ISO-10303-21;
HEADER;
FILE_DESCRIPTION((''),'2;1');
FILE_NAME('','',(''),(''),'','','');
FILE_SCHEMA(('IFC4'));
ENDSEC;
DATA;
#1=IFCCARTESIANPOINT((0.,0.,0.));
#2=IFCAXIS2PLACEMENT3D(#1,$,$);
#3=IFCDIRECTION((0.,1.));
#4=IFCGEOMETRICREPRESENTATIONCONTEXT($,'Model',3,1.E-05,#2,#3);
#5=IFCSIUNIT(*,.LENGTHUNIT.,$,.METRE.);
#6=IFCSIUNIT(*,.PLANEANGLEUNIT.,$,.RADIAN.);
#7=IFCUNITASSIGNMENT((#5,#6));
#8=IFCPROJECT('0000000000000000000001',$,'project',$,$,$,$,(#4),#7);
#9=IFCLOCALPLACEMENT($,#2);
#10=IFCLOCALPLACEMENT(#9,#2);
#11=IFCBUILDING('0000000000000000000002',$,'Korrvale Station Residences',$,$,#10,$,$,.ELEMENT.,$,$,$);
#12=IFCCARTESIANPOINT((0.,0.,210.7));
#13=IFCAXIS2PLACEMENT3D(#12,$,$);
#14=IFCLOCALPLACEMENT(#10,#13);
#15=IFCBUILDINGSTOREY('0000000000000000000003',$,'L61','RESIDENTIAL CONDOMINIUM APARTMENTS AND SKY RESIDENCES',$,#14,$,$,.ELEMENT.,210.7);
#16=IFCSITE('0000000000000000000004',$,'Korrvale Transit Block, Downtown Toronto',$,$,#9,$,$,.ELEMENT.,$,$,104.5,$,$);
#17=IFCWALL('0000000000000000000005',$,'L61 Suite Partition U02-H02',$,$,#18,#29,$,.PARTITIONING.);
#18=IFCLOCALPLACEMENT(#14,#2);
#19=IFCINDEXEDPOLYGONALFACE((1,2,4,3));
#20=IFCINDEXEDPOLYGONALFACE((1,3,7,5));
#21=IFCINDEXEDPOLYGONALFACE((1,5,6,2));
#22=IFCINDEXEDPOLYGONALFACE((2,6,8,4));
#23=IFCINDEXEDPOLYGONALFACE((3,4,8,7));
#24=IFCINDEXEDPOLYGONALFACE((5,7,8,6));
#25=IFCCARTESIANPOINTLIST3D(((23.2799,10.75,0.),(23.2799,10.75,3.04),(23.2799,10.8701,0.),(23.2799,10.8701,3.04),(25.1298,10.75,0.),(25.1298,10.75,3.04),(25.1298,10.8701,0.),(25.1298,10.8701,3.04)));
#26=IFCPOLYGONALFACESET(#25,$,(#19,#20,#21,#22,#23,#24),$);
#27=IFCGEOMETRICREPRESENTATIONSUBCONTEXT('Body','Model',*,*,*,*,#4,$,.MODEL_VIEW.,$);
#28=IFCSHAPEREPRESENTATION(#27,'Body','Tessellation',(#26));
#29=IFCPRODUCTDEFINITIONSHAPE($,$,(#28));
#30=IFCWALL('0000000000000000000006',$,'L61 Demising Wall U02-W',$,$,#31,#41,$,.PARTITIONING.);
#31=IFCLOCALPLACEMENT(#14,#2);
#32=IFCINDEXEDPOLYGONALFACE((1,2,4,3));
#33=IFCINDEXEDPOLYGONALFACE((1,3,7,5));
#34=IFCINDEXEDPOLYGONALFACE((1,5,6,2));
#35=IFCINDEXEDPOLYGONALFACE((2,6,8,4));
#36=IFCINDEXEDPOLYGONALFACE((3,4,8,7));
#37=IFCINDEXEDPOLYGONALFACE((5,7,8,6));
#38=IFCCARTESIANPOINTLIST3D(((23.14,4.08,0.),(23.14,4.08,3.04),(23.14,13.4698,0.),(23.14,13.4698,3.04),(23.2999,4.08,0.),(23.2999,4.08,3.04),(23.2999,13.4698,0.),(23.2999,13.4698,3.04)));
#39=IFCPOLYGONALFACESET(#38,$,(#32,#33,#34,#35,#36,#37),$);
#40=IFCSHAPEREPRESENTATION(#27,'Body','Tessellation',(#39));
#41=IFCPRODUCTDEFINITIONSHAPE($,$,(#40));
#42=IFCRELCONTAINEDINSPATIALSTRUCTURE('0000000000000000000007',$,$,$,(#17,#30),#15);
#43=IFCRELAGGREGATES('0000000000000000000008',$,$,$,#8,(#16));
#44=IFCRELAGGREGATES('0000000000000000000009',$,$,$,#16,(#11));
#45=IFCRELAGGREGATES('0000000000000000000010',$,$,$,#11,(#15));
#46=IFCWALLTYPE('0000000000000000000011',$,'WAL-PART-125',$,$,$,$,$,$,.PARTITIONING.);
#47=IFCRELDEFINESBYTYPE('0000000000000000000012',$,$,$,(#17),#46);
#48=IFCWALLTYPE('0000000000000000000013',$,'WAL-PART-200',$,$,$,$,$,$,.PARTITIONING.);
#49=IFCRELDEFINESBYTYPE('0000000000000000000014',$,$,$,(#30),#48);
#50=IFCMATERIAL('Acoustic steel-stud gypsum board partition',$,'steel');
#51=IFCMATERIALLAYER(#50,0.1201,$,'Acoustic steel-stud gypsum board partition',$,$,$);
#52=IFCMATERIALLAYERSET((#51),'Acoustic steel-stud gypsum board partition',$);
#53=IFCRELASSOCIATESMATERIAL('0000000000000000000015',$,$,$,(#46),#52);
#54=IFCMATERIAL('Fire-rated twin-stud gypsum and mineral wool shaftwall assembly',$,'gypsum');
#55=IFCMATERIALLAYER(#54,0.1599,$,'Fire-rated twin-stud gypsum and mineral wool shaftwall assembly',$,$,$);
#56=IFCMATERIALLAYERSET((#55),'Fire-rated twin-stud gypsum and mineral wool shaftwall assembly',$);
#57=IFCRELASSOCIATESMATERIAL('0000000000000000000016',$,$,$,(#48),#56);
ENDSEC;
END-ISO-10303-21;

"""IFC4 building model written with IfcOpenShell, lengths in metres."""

from ifc_helpers import new_model, si_unit, direction, frame, frame_2d, origin, place, context, subcontext, project, spatial, rectangle, extrude, material, layer, layer_set, type_object, element, save


model = new_model("IFC4")

# Units and contexts
model_context = context("Model", 3, precision=1e-05, world=origin(), true_north=direction((0.0, 1.0)))
body_context = subcontext(model_context, "Body", "Model", "MODEL_VIEW")
ifc_project = project(units=[si_unit("LENGTHUNIT", "METRE"), si_unit("PLANEANGLEUNIT", "RADIAN")], contexts=[model_context])

# Site, building, storey
site_placement = place(None, origin())
site = spatial("IfcSite", under=ifc_project, at=site_placement, Name="Korrvale Transit Block, Downtown Toronto", CompositionType="ELEMENT", RefElevation=104.5)
building_placement = place(site_placement, origin())
building = spatial("IfcBuilding", under=site, at=building_placement, Name="Korrvale Station Residences", CompositionType="ELEMENT")
storey_placement = place(building_placement, frame((0.0, 0.0, 210.7)))
storey = spatial("IfcBuildingStorey", under=building, at=storey_placement, Name="L61", Description="RESIDENTIAL CONDOMINIUM APARTMENTS AND SKY RESIDENCES", CompositionType="ELEMENT", Elevation=210.7)

# Shared definitions
ifc_material_1 = material(Name="Acoustic steel-stud gypsum board partition", Category="steel")
ifc_layer_1 = layer(ifc_material_1, 0.1201, Name="Acoustic steel-stud gypsum board partition")
ifc_layer_set_1 = layer_set([ifc_layer_1], Name="Acoustic steel-stud gypsum board partition")
wall_type_1 = type_object("IfcWallType", Name="WAL-PART-125", PredefinedType="PARTITIONING", material=ifc_layer_set_1)

# Walls
wall_1_placement = place(storey_placement, frame((23.28, 10.8101, 0.0), z_axis=(0.0, 0.0, 1.0), x_axis=(1.0, 0.0, 0.0)))
element("IfcWall", 1, at=wall_1_placement, inside=storey, type_object=wall_type_1, Name="L61 Suite Partition U02-H02", PredefinedType="PARTITIONING", context=body_context, shape_type="SweptSolid", body=[
    extrude(rectangle(XDim=1.8499, YDim=0.1201, at=frame_2d((0.9248, 0.0))), origin(), (0.0, 0.0, 1.0), 3.04),
])
ifc_material_2 = material(Name="Fire-rated twin-stud gypsum and mineral wool shaftwall assembly", Category="gypsum")
ifc_layer_2 = layer(ifc_material_2, 0.1599, Name="Fire-rated twin-stud gypsum and mineral wool shaftwall assembly")
ifc_layer_set_2 = layer_set([ifc_layer_2], Name="Fire-rated twin-stud gypsum and mineral wool shaftwall assembly")
wall_type_2 = type_object("IfcWallType", Name="WAL-PART-200", PredefinedType="PARTITIONING", material=ifc_layer_set_2)
wall_2_placement = place(storey_placement, frame((23.22, 4.0801, 0.0), z_axis=(0.0, 0.0, 1.0), x_axis=(0.0, 1.0, 0.0)))
element("IfcWall", 2, at=wall_2_placement, inside=storey, type_object=wall_type_2, Name="L61 Demising Wall U02-W", PredefinedType="PARTITIONING", context=body_context, shape_type="SweptSolid", body=[
    extrude(rectangle(XDim=9.3899, YDim=0.1599, at=frame_2d((4.6948, 0.0))), origin(), (0.0, 0.0, 1.0), 3.04),
])

save(model, "model.ifc")
